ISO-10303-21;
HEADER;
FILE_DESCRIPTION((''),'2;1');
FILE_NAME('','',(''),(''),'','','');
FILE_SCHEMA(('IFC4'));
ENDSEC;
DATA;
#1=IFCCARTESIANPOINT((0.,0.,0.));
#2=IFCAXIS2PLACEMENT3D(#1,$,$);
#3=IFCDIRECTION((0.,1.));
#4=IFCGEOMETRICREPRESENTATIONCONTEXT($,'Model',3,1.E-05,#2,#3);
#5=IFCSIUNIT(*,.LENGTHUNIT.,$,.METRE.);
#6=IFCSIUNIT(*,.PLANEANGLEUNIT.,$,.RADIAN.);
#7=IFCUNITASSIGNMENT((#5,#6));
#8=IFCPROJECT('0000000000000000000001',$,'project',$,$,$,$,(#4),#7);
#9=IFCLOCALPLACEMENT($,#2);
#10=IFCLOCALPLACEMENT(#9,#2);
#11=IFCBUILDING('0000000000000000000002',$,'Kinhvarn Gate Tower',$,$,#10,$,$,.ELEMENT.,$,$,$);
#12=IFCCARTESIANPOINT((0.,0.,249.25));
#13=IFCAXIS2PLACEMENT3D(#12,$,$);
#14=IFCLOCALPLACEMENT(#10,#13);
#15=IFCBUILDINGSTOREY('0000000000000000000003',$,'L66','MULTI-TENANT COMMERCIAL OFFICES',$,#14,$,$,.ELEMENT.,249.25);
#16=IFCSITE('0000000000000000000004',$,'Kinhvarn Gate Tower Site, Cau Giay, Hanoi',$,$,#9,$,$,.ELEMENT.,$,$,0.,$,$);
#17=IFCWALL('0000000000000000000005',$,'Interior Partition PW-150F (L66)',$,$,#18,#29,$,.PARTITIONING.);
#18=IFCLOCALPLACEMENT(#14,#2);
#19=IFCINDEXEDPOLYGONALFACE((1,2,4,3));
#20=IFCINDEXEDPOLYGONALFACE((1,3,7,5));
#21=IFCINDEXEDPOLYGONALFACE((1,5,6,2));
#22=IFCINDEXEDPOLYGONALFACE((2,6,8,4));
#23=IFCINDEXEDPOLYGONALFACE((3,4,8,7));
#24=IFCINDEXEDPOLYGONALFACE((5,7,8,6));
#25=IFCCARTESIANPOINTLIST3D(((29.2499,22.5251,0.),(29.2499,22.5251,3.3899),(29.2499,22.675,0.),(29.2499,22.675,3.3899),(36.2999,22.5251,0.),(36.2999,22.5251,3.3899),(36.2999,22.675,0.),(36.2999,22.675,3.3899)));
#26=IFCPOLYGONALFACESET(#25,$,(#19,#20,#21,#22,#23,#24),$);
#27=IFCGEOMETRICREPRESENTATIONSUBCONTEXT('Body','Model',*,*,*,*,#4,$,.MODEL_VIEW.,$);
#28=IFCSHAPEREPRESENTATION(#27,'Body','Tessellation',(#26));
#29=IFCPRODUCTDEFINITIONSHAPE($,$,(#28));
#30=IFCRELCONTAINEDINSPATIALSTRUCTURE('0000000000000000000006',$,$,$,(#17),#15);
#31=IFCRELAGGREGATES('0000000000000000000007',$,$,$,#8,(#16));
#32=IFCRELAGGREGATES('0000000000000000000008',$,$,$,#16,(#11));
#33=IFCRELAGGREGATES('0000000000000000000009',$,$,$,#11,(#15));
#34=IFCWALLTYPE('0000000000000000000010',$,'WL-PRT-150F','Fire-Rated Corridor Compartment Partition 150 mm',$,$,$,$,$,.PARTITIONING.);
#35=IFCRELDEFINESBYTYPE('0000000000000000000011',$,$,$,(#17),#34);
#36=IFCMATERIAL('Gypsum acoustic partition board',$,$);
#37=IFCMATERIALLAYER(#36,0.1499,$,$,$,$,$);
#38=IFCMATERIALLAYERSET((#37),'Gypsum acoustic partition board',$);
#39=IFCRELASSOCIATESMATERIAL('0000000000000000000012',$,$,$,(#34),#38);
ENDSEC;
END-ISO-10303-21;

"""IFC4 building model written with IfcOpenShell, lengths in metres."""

from ifc_helpers import new_model, si_unit, direction, frame, frame_2d, origin, place, context, subcontext, project, spatial, rectangle, extrude, material, layer, layer_set, type_object, element, save


model = new_model("IFC4")

# Units and contexts
model_context = context("Model", 3, precision=1e-05, world=origin(), true_north=direction((0.0, 1.0)))
body_context = subcontext(model_context, "Body", "Model", "MODEL_VIEW")
ifc_project = project(units=[si_unit("LENGTHUNIT", "METRE"), si_unit("PLANEANGLEUNIT", "RADIAN")], contexts=[model_context])

# Site, building, storey
site_placement = place(None, origin())
site = spatial("IfcSite", under=ifc_project, at=site_placement, Name="Kinhvarn Gate Tower Site, Cau Giay, Hanoi", CompositionType="ELEMENT", RefElevation=0.0)
building_placement = place(site_placement, origin())
building = spatial("IfcBuilding", under=site, at=building_placement, Name="Kinhvarn Gate Tower", CompositionType="ELEMENT")
storey_placement = place(building_placement, frame((0.0, 0.0, 249.25)))
storey = spatial("IfcBuildingStorey", under=building, at=storey_placement, Name="L66", Description="MULTI-TENANT COMMERCIAL OFFICES", CompositionType="ELEMENT", Elevation=249.25)

# Wall
ifc_material_1 = material(Name="Gypsum acoustic partition board")
ifc_layer_1 = layer(ifc_material_1, 0.1499)
ifc_layer_set_1 = layer_set([ifc_layer_1], Name="Gypsum acoustic partition board")
wall_type_1 = type_object("IfcWallType", Name="WL-PRT-150F", Description="Fire-Rated Corridor Compartment Partition 150 mm", PredefinedType="PARTITIONING", material=ifc_layer_set_1)
wall_1_placement = place(storey_placement, frame((29.25, 22.6001, 0.0), z_axis=(0.0, 0.0, 1.0), x_axis=(1.0, 0.0, 0.0)))
element("IfcWall", 1, at=wall_1_placement, inside=storey, type_object=wall_type_1, Name="Interior Partition PW-150F (L66)", PredefinedType="PARTITIONING", context=body_context, shape_type="SweptSolid", body=[
    extrude(rectangle(XDim=7.05, YDim=0.1499, at=frame_2d((3.5249, 0.0))), origin(), (0.0, 0.0, 1.0), 3.3899),
])

save(model, "model.ifc")
